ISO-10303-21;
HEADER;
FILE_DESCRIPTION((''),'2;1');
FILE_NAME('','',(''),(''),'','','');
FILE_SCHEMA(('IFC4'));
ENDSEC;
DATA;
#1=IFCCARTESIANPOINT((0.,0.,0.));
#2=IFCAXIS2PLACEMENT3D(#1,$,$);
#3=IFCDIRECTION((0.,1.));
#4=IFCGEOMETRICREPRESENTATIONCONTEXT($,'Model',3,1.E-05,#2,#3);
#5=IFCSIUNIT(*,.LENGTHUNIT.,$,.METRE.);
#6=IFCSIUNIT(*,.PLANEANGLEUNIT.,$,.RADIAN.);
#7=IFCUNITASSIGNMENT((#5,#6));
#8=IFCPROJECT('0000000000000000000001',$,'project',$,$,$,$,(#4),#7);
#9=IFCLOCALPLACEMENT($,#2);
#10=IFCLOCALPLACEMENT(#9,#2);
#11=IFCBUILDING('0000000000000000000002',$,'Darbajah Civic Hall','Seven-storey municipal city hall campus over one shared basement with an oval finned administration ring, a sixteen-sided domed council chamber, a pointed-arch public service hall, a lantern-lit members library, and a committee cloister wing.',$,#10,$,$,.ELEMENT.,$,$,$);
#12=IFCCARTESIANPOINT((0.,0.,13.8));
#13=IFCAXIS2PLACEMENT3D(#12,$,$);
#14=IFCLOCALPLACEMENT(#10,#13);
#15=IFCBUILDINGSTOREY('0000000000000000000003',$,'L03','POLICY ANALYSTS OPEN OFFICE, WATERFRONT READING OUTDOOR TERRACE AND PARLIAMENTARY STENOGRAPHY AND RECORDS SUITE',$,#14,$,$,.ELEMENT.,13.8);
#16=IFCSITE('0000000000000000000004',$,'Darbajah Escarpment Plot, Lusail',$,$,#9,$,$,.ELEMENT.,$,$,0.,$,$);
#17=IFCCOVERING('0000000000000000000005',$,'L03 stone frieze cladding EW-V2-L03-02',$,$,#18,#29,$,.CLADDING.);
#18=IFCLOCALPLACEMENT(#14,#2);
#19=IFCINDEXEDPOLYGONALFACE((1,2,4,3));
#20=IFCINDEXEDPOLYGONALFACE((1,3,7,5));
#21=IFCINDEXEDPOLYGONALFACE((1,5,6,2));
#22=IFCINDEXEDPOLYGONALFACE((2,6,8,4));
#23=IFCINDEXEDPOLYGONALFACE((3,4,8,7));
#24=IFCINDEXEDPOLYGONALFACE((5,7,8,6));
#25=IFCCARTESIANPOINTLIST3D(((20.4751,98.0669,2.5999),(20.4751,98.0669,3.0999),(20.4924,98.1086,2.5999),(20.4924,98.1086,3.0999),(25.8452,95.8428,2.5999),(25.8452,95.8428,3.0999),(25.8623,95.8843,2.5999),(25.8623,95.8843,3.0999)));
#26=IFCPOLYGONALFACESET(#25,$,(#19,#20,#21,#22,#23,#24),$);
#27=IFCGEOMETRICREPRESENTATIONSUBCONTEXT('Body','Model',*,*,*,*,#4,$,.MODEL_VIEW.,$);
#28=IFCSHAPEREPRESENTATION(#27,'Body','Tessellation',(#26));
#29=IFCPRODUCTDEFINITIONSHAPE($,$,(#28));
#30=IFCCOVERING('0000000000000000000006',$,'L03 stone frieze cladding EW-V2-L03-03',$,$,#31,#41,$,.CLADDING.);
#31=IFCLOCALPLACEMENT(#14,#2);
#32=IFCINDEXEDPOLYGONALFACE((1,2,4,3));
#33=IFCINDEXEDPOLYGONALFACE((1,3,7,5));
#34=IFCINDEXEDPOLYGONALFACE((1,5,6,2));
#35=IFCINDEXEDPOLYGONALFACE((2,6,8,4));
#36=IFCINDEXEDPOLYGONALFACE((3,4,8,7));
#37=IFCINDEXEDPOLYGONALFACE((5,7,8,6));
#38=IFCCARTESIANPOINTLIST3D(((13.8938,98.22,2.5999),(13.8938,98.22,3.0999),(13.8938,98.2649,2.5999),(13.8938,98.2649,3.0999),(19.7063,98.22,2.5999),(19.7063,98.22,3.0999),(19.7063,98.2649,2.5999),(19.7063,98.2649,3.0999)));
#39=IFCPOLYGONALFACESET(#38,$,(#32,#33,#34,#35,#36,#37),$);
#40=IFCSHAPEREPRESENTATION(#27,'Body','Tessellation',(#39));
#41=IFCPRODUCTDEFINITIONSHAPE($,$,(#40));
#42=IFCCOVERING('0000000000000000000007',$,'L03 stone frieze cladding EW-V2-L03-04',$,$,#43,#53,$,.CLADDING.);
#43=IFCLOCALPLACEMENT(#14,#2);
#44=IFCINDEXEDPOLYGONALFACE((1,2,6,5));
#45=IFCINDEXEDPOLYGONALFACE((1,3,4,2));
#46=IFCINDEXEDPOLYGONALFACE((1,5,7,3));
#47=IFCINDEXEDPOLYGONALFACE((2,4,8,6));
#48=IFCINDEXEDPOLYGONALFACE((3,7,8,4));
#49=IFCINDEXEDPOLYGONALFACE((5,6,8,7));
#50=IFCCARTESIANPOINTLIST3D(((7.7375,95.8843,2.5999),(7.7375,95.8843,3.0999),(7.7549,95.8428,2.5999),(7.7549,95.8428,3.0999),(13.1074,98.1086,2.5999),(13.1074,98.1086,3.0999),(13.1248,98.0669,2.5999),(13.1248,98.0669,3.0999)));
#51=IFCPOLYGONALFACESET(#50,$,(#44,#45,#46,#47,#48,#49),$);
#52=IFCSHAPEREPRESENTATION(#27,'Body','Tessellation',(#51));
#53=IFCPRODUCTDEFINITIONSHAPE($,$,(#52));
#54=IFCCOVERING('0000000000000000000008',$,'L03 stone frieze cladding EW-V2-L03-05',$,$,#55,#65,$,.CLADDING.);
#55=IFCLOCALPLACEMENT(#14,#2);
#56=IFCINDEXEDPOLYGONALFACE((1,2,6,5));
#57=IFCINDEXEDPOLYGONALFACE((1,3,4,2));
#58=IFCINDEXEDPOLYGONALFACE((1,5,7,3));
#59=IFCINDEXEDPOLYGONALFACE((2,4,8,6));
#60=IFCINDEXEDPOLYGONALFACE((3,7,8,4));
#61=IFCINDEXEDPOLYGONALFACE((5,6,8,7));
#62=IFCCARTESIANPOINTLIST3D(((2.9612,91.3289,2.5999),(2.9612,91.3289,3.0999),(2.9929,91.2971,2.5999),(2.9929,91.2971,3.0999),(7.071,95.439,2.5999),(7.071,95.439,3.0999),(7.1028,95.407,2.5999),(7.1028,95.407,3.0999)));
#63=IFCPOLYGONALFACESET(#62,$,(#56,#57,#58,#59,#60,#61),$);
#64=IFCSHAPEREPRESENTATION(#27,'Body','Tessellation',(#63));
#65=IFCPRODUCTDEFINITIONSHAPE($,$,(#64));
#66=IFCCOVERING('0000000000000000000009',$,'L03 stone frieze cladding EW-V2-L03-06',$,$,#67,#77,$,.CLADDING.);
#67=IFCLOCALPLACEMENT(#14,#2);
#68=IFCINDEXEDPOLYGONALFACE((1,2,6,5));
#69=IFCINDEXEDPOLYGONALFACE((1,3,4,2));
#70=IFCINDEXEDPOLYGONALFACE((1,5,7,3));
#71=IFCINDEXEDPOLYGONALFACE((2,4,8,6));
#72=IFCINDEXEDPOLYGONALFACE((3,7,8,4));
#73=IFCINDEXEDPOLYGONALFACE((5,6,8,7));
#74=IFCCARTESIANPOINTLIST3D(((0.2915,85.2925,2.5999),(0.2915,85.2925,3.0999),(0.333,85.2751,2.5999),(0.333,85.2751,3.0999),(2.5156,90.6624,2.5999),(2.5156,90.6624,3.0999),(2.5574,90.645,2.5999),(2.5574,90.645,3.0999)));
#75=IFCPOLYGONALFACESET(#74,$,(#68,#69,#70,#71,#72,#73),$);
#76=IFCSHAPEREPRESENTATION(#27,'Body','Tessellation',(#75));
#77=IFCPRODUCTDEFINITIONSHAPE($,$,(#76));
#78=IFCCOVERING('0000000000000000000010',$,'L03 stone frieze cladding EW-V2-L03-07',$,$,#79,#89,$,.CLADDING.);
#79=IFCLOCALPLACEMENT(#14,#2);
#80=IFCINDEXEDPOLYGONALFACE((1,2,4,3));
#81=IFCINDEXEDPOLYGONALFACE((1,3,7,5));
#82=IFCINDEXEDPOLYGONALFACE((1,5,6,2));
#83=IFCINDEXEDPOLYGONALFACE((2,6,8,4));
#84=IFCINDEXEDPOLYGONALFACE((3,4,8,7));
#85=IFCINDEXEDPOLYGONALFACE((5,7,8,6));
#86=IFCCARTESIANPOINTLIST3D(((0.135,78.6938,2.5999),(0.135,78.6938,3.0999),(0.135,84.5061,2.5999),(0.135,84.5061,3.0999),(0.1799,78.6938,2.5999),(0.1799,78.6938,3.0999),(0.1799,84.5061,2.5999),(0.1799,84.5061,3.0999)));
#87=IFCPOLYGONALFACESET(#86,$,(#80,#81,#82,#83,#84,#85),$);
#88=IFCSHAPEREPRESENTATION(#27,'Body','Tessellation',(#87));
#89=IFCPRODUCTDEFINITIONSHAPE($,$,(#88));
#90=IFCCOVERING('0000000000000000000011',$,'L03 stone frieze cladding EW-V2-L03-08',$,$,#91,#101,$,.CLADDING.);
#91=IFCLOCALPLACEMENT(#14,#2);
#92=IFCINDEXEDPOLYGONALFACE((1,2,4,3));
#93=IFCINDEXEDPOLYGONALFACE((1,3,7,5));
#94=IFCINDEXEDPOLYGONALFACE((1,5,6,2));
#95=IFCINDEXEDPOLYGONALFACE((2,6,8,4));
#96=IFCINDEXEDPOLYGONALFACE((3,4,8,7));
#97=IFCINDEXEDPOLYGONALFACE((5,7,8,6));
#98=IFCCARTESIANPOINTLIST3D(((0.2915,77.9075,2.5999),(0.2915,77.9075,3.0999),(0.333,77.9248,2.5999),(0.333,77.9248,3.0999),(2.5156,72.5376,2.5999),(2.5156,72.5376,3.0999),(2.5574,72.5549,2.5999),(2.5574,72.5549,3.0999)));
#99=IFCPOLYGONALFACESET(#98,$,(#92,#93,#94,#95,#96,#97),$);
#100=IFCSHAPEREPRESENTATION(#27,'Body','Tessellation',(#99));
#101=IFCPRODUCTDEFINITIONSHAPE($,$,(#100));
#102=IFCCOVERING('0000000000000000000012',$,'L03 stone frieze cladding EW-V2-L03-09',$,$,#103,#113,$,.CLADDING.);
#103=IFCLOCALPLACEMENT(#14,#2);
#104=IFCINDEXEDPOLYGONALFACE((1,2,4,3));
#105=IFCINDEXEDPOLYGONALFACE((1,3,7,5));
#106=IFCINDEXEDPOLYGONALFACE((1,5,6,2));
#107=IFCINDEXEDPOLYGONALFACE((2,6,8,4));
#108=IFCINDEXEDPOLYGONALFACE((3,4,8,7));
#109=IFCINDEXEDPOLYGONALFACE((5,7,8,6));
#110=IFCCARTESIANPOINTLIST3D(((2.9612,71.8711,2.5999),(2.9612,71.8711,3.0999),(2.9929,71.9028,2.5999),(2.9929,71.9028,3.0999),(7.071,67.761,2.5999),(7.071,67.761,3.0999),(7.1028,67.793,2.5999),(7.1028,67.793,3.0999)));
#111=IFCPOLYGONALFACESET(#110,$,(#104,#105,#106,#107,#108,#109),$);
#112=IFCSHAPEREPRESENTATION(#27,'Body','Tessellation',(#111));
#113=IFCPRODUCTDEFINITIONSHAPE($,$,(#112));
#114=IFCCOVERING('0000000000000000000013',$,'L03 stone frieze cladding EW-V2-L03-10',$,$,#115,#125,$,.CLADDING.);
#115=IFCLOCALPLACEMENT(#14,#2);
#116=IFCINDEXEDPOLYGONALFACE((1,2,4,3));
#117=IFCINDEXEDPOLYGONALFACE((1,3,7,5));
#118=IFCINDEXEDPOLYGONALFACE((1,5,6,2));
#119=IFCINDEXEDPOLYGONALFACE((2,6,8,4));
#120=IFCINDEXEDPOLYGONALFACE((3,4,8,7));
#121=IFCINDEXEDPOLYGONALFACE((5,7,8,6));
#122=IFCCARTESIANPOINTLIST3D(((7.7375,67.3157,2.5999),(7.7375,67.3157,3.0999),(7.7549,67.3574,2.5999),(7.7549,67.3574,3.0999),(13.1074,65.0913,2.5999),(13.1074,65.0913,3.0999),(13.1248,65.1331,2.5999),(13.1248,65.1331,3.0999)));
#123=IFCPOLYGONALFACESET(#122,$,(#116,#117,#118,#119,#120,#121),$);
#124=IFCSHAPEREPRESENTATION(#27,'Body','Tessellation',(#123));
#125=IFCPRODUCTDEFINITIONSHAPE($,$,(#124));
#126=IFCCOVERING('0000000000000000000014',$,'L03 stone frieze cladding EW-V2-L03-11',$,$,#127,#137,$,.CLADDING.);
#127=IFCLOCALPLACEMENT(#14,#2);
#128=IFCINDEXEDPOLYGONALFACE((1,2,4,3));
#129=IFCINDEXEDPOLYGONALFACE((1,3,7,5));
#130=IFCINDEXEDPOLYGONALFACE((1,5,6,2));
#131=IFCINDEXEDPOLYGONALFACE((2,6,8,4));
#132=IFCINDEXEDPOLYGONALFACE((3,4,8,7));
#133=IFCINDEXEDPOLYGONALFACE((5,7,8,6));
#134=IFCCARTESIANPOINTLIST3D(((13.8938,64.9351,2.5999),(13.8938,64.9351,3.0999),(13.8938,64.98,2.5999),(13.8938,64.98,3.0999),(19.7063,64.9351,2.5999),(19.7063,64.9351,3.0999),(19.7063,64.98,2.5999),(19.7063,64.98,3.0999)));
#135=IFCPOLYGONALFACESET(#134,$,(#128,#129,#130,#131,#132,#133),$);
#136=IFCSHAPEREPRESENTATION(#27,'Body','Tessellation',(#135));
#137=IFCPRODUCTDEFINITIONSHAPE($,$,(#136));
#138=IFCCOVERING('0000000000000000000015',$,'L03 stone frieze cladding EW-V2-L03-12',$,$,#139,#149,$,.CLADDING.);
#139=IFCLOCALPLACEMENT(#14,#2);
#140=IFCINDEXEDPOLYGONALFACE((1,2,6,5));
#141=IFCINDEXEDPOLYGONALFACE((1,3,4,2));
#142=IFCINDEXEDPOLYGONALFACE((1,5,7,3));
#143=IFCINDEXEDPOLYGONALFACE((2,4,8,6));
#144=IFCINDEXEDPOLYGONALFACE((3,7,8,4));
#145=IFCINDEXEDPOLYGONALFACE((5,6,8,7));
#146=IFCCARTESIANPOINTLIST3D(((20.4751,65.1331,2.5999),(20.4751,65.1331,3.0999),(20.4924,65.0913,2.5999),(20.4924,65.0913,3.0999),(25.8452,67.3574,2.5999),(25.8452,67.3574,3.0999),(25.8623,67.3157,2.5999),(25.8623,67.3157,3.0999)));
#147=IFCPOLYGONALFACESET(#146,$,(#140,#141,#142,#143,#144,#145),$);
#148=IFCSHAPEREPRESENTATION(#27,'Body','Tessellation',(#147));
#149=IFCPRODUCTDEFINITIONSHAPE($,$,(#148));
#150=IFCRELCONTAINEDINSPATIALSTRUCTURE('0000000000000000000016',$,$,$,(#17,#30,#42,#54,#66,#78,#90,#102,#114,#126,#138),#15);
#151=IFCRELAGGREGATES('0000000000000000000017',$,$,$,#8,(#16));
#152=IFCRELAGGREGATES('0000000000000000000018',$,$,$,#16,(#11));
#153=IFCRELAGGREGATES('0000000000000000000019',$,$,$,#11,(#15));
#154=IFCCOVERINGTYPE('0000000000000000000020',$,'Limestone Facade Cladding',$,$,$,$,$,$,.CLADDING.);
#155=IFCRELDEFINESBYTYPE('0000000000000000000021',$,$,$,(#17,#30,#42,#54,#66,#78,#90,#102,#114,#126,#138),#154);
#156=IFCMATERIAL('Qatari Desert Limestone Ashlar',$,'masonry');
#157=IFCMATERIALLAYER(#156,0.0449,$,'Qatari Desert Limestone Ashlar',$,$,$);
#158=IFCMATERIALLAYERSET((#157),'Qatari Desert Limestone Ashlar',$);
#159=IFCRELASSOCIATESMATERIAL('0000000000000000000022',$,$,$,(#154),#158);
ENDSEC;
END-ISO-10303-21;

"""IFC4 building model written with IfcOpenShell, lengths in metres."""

from ifc_helpers import new_model, si_unit, direction, frame, origin, place, context, subcontext, project, spatial, polyline, outline, extrude, material, layer, layer_set, type_object, element, save


model = new_model("IFC4")

# Units and contexts
model_context = context("Model", 3, precision=1e-05, world=origin(), true_north=direction((0.0, 1.0)))
body_context = subcontext(model_context, "Body", "Model", "MODEL_VIEW")
ifc_project = project(units=[si_unit("LENGTHUNIT", "METRE"), si_unit("PLANEANGLEUNIT", "RADIAN")], contexts=[model_context])

# Site, building, storey
site_placement = place(None, origin())
site = spatial("IfcSite", under=ifc_project, at=site_placement, Name="Darbajah Escarpment Plot, Lusail", CompositionType="ELEMENT", RefElevation=0.0)
building_placement = place(site_placement, origin())
building = spatial("IfcBuilding", under=site, at=building_placement, Name="Darbajah Civic Hall", Description="Seven-storey municipal city hall campus over one shared basement with an oval finned administration ring, a sixteen-sided domed council chamber, a pointed-arch public service hall, a lantern-lit members library, and a committee cloister wing.", CompositionType="ELEMENT")
storey_placement = place(building_placement, frame((0.0, 0.0, 13.8)))
storey = spatial("IfcBuildingStorey", under=building, at=storey_placement, Name="L03", Description="POLICY ANALYSTS OPEN OFFICE, WATERFRONT READING OUTDOOR TERRACE AND PARLIAMENTARY STENOGRAPHY AND RECORDS SUITE", CompositionType="ELEMENT", Elevation=13.8)

# Coverings
ifc_material_1 = material(Name="Qatari Desert Limestone Ashlar", Category="masonry")
ifc_layer_1 = layer(ifc_material_1, 0.0449, Name="Qatari Desert Limestone Ashlar")
ifc_layer_set_1 = layer_set([ifc_layer_1], Name="Qatari Desert Limestone Ashlar")
covering_type_1 = type_object("IfcCoveringType", Name="Limestone Facade Cladding", PredefinedType="CLADDING", material=ifc_layer_set_1)
covering_1_placement = place(storey_placement, frame((0.0, 0.0, 2.5999)))
element("IfcCovering", 1, at=covering_1_placement, inside=storey, type_object=covering_type_1, Name="L03 stone frieze cladding EW-V2-L03-02", PredefinedType="CLADDING", context=body_context, shape_type="SweptSolid", body=[
    extrude(outline(polyline([(25.8452, 95.8428), (20.4751, 98.0669), (20.4924, 98.1086), (25.8623, 95.8843), (25.8452, 95.8428)])), origin(), (0.0, 0.0, 1.0), 0.5),
])
covering_2_placement = place(storey_placement, frame((0.0, 0.0, 2.5999)))
element("IfcCovering", 2, at=covering_2_placement, inside=storey, type_object=covering_type_1, Name="L03 stone frieze cladding EW-V2-L03-03", PredefinedType="CLADDING", context=body_context, shape_type="SweptSolid", body=[
    extrude(outline(polyline([(19.7063, 98.22), (13.8938, 98.22), (13.8938, 98.2649), (19.7063, 98.2649), (19.7063, 98.22)])), origin(), (0.0, 0.0, 1.0), 0.5),
])
covering_3_placement = place(storey_placement, frame((0.0, 0.0, 2.5999)))
element("IfcCovering", 3, at=covering_3_placement, inside=storey, type_object=covering_type_1, Name="L03 stone frieze cladding EW-V2-L03-04", PredefinedType="CLADDING", context=body_context, shape_type="SweptSolid", body=[
    extrude(outline(polyline([(13.1248, 98.0669), (7.7549, 95.8428), (7.7375, 95.8843), (13.1074, 98.1086), (13.1248, 98.0669)])), origin(), (0.0, 0.0, 1.0), 0.5),
])
covering_4_placement = place(storey_placement, frame((0.0, 0.0, 2.5999)))
element("IfcCovering", 4, at=covering_4_placement, inside=storey, type_object=covering_type_1, Name="L03 stone frieze cladding EW-V2-L03-05", PredefinedType="CLADDING", context=body_context, shape_type="SweptSolid", body=[
    extrude(outline(polyline([(7.1028, 95.407), (2.9929, 91.2971), (2.9612, 91.3289), (7.071, 95.439), (7.1028, 95.407)])), origin(), (0.0, 0.0, 1.0), 0.5),
])
covering_5_placement = place(storey_placement, frame((0.0, 0.0, 2.5999)))
element("IfcCovering", 5, at=covering_5_placement, inside=storey, type_object=covering_type_1, Name="L03 stone frieze cladding EW-V2-L03-06", PredefinedType="CLADDING", context=body_context, shape_type="SweptSolid", body=[
    extrude(outline(polyline([(2.5574, 90.645), (0.333, 85.2751), (0.2915, 85.2925), (2.5156, 90.6624), (2.5574, 90.645)])), origin(), (0.0, 0.0, 1.0), 0.5),
])
covering_6_placement = place(storey_placement, frame((0.0, 0.0, 2.5999)))
element("IfcCovering", 6, at=covering_6_placement, inside=storey, type_object=covering_type_1, Name="L03 stone frieze cladding EW-V2-L03-07", PredefinedType="CLADDING", context=body_context, shape_type="SweptSolid", body=[
    extrude(outline(polyline([(0.1799, 84.5061), (0.1799, 78.6938), (0.135, 78.6938), (0.135, 84.5061), (0.1799, 84.5061)])), origin(), (0.0, 0.0, 1.0), 0.5),
])
covering_7_placement = place(storey_placement, frame((0.0, 0.0, 2.5999)))
element("IfcCovering", 7, at=covering_7_placement, inside=storey, type_object=covering_type_1, Name="L03 stone frieze cladding EW-V2-L03-08", PredefinedType="CLADDING", context=body_context, shape_type="SweptSolid", body=[
    extrude(outline(polyline([(0.333, 77.9248), (2.5574, 72.5549), (2.5156, 72.5376), (0.2915, 77.9075), (0.333, 77.9248)])), origin(), (0.0, 0.0, 1.0), 0.5),
])
covering_8_placement = place(storey_placement, frame((0.0, 0.0, 2.5999)))
element("IfcCovering", 8, at=covering_8_placement, inside=storey, type_object=covering_type_1, Name="L03 stone frieze cladding EW-V2-L03-09", PredefinedType="CLADDING", context=body_context, shape_type="SweptSolid", body=[
    extrude(outline(polyline([(2.9929, 71.9028), (7.1028, 67.793), (7.071, 67.761), (2.9612, 71.8711), (2.9929, 71.9028)])), origin(), (0.0, 0.0, 1.0), 0.5),
])
covering_9_placement = place(storey_placement, frame((0.0, 0.0, 2.5999)))
element("IfcCovering", 9, at=covering_9_placement, inside=storey, type_object=covering_type_1, Name="L03 stone frieze cladding EW-V2-L03-10", PredefinedType="CLADDING", context=body_context, shape_type="SweptSolid", body=[
    extrude(outline(polyline([(7.7549, 67.3574), (13.1248, 65.1331), (13.1074, 65.0913), (7.7375, 67.3157), (7.7549, 67.3574)])), origin(), (0.0, 0.0, 1.0), 0.5),
])
covering_10_placement = place(storey_placement, frame((0.0, 0.0, 2.5999)))
element("IfcCovering", 10, at=covering_10_placement, inside=storey, type_object=covering_type_1, Name="L03 stone frieze cladding EW-V2-L03-11", PredefinedType="CLADDING", context=body_context, shape_type="SweptSolid", body=[
    extrude(outline(polyline([(13.8938, 64.98), (19.7063, 64.98), (19.7063, 64.9351), (13.8938, 64.9351), (13.8938, 64.98)])), origin(), (0.0, 0.0, 1.0), 0.5),
])
covering_11_placement = place(storey_placement, frame((0.0, 0.0, 2.5999)))
element("IfcCovering", 11, at=covering_11_placement, inside=storey, type_object=covering_type_1, Name="L03 stone frieze cladding EW-V2-L03-12", PredefinedType="CLADDING", context=body_context, shape_type="SweptSolid", body=[
    extrude(outline(polyline([(20.4751, 65.1331), (25.8452, 67.3574), (25.8623, 67.3157), (20.4924, 65.0913), (20.4751, 65.1331)])), origin(), (0.0, 0.0, 1.0), 0.5),
])

save(model, "model.ifc")
